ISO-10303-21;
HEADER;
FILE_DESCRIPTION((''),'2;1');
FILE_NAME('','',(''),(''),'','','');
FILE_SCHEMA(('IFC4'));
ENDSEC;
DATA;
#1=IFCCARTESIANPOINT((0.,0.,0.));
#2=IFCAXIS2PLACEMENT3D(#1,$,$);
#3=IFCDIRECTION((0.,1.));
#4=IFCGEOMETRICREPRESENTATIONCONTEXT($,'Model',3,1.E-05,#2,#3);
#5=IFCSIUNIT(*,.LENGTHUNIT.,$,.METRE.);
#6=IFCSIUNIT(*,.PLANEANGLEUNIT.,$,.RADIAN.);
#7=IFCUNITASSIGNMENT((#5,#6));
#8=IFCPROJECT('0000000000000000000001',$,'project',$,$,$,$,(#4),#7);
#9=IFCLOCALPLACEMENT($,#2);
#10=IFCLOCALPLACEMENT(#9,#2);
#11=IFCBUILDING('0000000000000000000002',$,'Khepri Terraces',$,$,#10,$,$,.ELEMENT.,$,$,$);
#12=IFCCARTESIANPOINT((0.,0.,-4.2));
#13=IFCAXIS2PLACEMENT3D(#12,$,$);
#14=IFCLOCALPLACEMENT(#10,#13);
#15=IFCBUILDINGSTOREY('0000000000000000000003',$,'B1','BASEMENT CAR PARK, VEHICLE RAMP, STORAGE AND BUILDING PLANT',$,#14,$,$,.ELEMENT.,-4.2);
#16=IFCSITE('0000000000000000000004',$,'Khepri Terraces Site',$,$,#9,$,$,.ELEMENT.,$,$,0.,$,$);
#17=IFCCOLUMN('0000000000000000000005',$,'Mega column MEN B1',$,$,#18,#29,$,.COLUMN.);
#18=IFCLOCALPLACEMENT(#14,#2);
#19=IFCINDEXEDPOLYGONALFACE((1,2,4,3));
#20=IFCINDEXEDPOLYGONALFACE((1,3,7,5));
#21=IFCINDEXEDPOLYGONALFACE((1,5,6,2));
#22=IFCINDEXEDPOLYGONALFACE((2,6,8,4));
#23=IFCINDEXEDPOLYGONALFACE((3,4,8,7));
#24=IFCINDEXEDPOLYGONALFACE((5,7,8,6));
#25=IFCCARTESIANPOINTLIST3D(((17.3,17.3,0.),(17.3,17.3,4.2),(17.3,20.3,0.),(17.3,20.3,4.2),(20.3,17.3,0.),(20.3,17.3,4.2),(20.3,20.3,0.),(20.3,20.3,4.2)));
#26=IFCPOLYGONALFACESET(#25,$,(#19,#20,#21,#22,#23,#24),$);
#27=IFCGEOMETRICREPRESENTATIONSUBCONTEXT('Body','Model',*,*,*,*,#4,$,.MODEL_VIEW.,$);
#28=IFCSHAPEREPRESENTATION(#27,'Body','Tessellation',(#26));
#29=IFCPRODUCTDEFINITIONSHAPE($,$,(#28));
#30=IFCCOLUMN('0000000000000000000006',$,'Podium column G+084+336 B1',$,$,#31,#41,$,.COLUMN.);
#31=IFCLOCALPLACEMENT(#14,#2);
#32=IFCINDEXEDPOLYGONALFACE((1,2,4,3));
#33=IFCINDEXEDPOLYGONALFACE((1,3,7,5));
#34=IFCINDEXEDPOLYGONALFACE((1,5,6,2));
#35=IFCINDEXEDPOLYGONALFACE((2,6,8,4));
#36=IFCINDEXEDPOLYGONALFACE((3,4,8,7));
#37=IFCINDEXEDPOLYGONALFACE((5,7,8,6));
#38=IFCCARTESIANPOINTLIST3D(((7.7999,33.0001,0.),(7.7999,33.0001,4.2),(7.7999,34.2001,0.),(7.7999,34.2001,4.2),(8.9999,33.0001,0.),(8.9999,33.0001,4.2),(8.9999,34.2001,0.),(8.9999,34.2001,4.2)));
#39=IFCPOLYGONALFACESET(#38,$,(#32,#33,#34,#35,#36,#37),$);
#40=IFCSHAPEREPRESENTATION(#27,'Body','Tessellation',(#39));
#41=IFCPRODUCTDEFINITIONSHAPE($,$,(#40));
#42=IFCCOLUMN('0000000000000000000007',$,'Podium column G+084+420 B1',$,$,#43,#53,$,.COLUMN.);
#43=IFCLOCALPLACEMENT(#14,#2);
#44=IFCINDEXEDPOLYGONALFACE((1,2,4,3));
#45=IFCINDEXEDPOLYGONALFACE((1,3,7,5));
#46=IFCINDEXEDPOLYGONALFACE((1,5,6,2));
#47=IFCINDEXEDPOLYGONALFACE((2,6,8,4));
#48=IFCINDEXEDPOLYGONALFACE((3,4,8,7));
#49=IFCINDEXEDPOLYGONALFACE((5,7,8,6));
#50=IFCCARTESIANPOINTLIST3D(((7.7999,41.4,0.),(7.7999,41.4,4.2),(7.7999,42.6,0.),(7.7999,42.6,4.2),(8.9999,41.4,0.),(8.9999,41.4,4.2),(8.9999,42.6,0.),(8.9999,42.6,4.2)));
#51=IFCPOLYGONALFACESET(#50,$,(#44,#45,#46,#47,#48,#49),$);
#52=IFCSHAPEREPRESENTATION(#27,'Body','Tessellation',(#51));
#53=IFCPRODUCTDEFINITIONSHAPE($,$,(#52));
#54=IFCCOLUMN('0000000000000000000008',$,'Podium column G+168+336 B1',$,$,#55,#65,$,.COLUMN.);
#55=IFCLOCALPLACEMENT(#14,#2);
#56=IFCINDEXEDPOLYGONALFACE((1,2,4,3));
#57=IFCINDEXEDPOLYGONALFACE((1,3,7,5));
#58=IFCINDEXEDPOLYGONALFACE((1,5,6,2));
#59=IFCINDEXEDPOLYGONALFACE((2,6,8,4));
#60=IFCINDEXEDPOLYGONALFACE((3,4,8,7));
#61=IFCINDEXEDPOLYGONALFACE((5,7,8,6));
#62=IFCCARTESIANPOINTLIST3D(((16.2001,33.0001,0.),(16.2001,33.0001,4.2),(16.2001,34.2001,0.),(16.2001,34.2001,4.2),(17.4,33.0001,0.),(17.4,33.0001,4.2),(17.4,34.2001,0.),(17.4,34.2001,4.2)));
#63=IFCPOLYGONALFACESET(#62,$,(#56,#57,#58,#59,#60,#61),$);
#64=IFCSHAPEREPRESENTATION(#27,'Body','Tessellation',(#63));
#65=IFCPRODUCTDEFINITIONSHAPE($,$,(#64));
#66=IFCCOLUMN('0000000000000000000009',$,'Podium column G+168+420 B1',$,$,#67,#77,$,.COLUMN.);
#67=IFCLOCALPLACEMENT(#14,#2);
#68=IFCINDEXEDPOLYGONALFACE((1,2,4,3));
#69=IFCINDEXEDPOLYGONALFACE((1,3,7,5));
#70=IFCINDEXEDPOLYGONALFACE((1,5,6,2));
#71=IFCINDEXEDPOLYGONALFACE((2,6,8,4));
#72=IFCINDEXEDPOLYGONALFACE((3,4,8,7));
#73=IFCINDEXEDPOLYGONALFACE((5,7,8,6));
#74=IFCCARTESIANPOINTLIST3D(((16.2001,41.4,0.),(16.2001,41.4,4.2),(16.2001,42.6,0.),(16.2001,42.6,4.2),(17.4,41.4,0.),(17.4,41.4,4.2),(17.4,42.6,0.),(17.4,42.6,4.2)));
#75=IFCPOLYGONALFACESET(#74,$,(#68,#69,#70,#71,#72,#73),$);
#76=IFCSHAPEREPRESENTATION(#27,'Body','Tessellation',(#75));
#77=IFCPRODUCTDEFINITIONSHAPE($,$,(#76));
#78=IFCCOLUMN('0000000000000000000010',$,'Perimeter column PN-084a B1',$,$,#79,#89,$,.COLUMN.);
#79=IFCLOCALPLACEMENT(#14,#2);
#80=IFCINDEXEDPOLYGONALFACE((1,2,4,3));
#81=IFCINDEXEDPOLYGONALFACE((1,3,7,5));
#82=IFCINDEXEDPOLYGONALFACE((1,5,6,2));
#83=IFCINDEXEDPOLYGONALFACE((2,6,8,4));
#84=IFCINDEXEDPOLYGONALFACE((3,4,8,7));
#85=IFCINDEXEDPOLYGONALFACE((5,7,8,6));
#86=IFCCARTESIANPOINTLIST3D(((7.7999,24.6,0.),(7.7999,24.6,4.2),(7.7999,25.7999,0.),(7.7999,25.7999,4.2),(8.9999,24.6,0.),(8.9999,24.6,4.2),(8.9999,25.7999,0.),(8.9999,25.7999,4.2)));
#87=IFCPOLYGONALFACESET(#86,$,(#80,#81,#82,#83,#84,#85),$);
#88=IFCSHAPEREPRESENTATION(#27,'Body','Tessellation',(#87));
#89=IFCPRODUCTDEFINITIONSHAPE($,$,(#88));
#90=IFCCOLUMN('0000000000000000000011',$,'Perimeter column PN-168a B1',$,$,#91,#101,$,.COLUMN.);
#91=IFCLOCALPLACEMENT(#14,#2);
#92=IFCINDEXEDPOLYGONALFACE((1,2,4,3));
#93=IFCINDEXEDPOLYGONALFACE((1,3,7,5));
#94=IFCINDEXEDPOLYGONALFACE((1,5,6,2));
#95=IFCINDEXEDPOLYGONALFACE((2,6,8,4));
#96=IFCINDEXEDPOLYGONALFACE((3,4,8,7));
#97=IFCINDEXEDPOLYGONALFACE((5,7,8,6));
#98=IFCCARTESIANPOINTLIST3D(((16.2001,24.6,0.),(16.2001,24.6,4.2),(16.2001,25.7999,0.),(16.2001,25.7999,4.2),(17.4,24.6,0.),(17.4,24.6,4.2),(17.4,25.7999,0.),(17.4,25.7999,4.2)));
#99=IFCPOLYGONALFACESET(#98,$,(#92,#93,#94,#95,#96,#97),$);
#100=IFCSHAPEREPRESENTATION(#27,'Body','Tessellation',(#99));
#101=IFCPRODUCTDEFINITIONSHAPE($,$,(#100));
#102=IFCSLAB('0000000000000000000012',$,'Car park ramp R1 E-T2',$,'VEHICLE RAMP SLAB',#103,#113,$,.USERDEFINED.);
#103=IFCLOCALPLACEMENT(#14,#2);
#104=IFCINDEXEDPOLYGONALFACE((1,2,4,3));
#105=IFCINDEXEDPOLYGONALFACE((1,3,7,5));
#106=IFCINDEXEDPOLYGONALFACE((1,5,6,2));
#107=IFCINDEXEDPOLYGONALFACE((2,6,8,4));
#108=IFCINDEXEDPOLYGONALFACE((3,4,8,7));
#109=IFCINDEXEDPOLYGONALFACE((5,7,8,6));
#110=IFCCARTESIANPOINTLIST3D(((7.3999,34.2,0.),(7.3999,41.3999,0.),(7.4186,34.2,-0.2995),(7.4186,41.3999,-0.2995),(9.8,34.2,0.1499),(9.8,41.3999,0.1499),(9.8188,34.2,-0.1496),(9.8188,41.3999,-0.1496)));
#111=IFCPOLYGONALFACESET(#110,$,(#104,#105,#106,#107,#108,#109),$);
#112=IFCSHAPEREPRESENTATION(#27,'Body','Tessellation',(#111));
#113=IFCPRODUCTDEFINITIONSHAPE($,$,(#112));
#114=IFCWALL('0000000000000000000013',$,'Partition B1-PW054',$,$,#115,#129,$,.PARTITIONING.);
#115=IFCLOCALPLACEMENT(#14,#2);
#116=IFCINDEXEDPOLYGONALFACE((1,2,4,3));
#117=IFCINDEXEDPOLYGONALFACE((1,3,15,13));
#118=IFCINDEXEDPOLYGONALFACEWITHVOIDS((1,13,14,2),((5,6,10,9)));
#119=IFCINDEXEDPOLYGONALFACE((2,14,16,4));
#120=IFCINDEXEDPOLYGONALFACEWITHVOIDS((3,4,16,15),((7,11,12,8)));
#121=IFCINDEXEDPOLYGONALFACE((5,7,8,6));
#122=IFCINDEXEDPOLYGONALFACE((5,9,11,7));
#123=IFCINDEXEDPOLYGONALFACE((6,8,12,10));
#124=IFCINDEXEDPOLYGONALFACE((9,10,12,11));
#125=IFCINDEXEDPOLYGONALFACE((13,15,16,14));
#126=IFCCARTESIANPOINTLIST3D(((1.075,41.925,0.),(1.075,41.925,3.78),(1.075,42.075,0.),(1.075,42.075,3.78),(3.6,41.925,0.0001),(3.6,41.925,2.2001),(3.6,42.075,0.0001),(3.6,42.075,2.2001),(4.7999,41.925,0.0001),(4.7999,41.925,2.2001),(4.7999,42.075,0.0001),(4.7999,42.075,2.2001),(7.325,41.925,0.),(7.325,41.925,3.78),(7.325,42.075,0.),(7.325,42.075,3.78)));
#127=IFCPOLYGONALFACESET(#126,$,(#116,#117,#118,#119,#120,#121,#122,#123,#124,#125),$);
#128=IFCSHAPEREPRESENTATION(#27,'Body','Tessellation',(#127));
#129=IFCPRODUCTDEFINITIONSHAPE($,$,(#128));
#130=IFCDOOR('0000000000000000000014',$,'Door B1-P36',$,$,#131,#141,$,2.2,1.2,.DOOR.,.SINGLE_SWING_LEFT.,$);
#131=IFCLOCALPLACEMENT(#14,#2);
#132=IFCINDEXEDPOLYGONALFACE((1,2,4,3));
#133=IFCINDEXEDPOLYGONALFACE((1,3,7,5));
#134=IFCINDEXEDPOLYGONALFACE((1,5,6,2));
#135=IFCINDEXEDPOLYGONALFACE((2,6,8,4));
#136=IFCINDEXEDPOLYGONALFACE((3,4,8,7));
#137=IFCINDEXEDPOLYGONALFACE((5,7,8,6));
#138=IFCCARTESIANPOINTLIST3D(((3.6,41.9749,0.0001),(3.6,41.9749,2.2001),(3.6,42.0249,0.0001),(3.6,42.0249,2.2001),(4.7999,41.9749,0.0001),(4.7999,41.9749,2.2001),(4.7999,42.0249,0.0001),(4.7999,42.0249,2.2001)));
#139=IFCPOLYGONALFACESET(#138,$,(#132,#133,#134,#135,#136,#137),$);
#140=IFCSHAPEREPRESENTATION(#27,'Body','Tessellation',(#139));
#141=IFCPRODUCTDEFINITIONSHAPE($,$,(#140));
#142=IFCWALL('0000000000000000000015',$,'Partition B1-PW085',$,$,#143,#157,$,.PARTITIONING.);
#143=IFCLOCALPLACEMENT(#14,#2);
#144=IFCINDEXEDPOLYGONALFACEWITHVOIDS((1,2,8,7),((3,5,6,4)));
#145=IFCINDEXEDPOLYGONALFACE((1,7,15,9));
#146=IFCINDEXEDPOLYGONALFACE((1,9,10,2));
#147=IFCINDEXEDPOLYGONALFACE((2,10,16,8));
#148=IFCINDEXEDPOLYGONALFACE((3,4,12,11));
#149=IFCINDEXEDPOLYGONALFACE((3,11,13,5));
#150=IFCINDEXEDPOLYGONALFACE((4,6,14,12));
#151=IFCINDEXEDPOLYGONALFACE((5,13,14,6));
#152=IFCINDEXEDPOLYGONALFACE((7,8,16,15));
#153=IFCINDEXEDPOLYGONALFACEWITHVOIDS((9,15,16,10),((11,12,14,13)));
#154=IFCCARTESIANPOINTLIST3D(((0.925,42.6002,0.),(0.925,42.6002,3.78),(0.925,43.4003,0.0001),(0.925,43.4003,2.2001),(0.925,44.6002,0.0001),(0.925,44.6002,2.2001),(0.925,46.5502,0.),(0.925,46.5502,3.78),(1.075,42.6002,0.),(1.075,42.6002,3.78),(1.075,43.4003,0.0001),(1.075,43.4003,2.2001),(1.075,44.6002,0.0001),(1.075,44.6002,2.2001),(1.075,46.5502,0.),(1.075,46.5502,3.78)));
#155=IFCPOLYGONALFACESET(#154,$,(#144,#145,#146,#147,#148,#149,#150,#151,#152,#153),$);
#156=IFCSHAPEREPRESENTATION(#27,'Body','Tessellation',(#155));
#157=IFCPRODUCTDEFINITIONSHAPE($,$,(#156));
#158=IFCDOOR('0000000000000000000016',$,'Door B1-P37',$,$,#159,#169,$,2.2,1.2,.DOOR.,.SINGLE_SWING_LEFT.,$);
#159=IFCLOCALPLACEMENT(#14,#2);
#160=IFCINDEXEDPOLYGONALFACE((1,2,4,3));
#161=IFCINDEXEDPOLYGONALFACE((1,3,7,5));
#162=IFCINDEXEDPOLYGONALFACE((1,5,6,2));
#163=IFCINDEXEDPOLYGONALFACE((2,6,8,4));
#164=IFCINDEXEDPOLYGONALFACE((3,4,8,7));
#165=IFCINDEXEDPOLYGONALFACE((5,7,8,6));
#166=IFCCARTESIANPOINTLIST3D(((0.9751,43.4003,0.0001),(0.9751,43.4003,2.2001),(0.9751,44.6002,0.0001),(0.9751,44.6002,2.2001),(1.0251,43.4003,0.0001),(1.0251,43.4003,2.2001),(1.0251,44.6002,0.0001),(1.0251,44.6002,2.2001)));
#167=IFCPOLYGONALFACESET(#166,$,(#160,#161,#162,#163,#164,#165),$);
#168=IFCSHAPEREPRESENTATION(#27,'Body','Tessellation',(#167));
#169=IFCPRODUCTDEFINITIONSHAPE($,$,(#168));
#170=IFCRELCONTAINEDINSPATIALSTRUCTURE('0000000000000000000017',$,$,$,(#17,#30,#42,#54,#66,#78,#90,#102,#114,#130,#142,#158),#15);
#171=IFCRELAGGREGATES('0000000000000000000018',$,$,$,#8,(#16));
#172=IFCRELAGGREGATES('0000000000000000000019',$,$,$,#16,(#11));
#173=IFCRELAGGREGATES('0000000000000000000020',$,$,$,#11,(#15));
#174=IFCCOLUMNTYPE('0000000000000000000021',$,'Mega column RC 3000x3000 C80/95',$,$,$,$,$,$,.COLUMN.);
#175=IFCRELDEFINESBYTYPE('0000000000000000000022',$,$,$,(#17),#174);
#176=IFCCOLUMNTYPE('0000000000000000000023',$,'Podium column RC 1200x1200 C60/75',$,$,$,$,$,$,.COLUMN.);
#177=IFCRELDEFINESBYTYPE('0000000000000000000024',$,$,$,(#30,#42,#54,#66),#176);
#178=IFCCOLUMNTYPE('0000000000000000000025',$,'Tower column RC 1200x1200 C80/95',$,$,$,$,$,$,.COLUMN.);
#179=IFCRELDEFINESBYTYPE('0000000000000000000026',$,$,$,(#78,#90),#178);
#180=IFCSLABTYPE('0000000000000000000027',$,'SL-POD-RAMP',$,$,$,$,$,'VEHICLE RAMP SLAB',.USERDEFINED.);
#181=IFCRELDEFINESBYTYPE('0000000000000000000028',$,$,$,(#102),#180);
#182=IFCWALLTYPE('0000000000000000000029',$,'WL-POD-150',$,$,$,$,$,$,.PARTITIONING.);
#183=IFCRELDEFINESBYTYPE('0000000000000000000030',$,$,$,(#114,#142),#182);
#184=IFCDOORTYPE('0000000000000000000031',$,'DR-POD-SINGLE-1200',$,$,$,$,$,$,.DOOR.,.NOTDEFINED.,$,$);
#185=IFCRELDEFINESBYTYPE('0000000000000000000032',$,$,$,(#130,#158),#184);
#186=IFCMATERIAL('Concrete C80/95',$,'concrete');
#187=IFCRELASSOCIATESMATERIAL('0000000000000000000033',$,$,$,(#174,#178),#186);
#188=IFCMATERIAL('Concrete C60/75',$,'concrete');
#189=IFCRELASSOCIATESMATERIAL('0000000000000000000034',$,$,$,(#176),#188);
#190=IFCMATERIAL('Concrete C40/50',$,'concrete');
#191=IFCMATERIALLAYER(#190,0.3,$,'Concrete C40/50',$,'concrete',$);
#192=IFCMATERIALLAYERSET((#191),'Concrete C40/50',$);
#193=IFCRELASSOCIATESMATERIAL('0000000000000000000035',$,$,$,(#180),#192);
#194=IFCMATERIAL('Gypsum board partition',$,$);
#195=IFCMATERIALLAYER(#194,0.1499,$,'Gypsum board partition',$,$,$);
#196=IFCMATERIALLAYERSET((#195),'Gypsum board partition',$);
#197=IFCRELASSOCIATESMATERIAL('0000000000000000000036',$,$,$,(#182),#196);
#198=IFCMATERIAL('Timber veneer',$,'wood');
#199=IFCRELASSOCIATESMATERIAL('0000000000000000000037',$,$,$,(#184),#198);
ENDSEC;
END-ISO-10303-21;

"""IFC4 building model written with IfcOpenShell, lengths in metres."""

from ifc_helpers import new_model, si_unit, direction, frame, frame_2d, origin, origin_2d, place, context, subcontext, project, spatial, polyline, rectangle, outline, extrude, material, layer, layer_set, material_profile, profile_set, type_object, element, fill, save


model = new_model("IFC4")

# Units and contexts
model_context = context("Model", 3, precision=1e-05, world=origin(), true_north=direction((0.0, 1.0)))
body_context = subcontext(model_context, "Body", "Model", "MODEL_VIEW")
ifc_project = project(units=[si_unit("LENGTHUNIT", "METRE"), si_unit("PLANEANGLEUNIT", "RADIAN")], contexts=[model_context])

# Site, building, storey
site_placement = place(None, origin())
site = spatial("IfcSite", under=ifc_project, at=site_placement, Name="Khepri Terraces Site", CompositionType="ELEMENT", RefElevation=0.0)
building_placement = place(site_placement, origin())
building = spatial("IfcBuilding", under=site, at=building_placement, Name="Khepri Terraces", CompositionType="ELEMENT")
storey_placement = place(building_placement, frame((0.0, 0.0, -4.2)))
storey = spatial("IfcBuildingStorey", under=building, at=storey_placement, Name="B1", Description="BASEMENT CAR PARK, VEHICLE RAMP, STORAGE AND BUILDING PLANT", CompositionType="ELEMENT", Elevation=-4.2)

# Columns
ifc_material_1 = material(Name="Concrete C80/95", Category="concrete")
ifc_material_profile_1 = material_profile(ifc_material_1, rectangle(XDim=3.0, YDim=3.0, at=origin_2d()), Name="Concrete C80/95", Category="concrete")
ifc_profile_set_1 = profile_set([ifc_material_profile_1], Name="Concrete C80/95")
column_type_1 = type_object("IfcColumnType", Name="Mega column RC 3000x3000 C80/95", PredefinedType="COLUMN", material=ifc_profile_set_1)
column_placement = place(storey_placement, frame((18.8, 18.8, 0.0), z_axis=(0.0, 0.0, 1.0), x_axis=(1.0, 0.0, 0.0)))
element("IfcColumn", 1, at=column_placement, inside=storey, type_object=column_type_1, Name="Mega column MEN B1", PredefinedType="COLUMN", context=body_context, shape_type="SweptSolid", body=[
    extrude(rectangle(XDim=3.0, YDim=3.0, at=origin_2d()), origin(), (0.0, 0.0, 1.0), 4.2),
])
ifc_material_2 = material(Name="Concrete C60/75", Category="concrete")
ifc_material_profile_2 = material_profile(ifc_material_2, rectangle(XDim=1.2, YDim=1.2, at=origin_2d()), Name="Concrete C60/75", Category="concrete")
ifc_profile_set_2 = profile_set([ifc_material_profile_2], Name="Concrete C60/75")
column_type_2 = type_object("IfcColumnType", Name="Podium column RC 1200x1200 C60/75", PredefinedType="COLUMN", material=ifc_profile_set_2)
for number, where, z_axis, x_axis, name in (
    (2, (8.3999, 33.6001, 0.0), (0.0, 0.0, 1.0), (1.0, 0.0, 0.0), "Podium column G+084+336 B1"),
    (3, (8.3999, 42.0, 0.0), (0.0, 0.0, 1.0), (1.0, 0.0, 0.0), "Podium column G+084+420 B1"),
    (4, (16.8, 33.6001, 0.0), (0.0, 0.0, 1.0), (1.0, 0.0, 0.0), "Podium column G+168+336 B1"),
    (5, (16.8, 42.0, 0.0), (0.0, 0.0, 1.0), (1.0, 0.0, 0.0), "Podium column G+168+420 B1"),
):
    element("IfcColumn", number, at=place(storey_placement, frame(where, z_axis=z_axis, x_axis=x_axis)), inside=storey, type_object=column_type_2, Name=name, PredefinedType="COLUMN", context=body_context, shape_type="SweptSolid", body=[
        extrude(rectangle(XDim=1.2, YDim=1.2, at=origin_2d()), origin(), (0.0, 0.0, 1.0), 4.2),
    ])
ifc_material_profile_3 = material_profile(ifc_material_1, rectangle(XDim=1.2, YDim=1.2, at=origin_2d()), Name="Concrete C80/95", Category="concrete")
ifc_profile_set_3 = profile_set([ifc_material_profile_3], Name="Concrete C80/95")
column_type_3 = type_object("IfcColumnType", Name="Tower column RC 1200x1200 C80/95", PredefinedType="COLUMN", material=ifc_profile_set_3)
for number, where, z_axis, x_axis, name in (
    (6, (8.3999, 25.2, 0.0), (0.0, 0.0, 1.0), (1.0, 0.0, 0.0), "Perimeter column PN-084a B1"),
    (7, (16.8, 25.2, 0.0), (0.0, 0.0, 1.0), (1.0, 0.0, 0.0), "Perimeter column PN-168a B1"),
):
    element("IfcColumn", number, at=place(storey_placement, frame(where, z_axis=z_axis, x_axis=x_axis)), inside=storey, type_object=column_type_3, Name=name, PredefinedType="COLUMN", context=body_context, shape_type="SweptSolid", body=[
        extrude(rectangle(XDim=1.2, YDim=1.2, at=origin_2d()), origin(), (0.0, 0.0, 1.0), 4.2),
    ])

# Slab
ifc_material_3 = material(Name="Concrete C40/50", Category="concrete")
ifc_layer_1 = layer(ifc_material_3, 0.3, Name="Concrete C40/50", Category="concrete")
ifc_layer_set_1 = layer_set([ifc_layer_1], Name="Concrete C40/50")
slab_type = type_object("IfcSlabType", Name="SL-POD-RAMP", ElementType="VEHICLE RAMP SLAB", PredefinedType="USERDEFINED", material=ifc_layer_set_1)
slab_placement = place(storey_placement, frame((9.8, 34.2, 0.1499), z_axis=(-0.062334, 0.0, 0.998055), x_axis=(-0.998055, 0.0, -0.062334)))
element("IfcSlab", 8, at=slab_placement, inside=storey, type_object=slab_type, Name="Car park ramp R1 E-T2", ObjectType="VEHICLE RAMP SLAB", PredefinedType="USERDEFINED", context=body_context, shape_type="SweptSolid", body=[
    extrude(outline(polyline([(0.0, 0.0), (2.4048, 0.0), (2.4048, -7.2), (0.0, -7.2), (0.0, 0.0)])), origin(), (0.0, 0.0, -1.0), 0.3),
])

# Walls, openings, doors
ifc_material_4 = material(Name="Gypsum board partition")
ifc_layer_2 = layer(ifc_material_4, 0.1499, Name="Gypsum board partition")
ifc_layer_set_2 = layer_set([ifc_layer_2], Name="Gypsum board partition")
wall_type_1 = type_object("IfcWallType", Name="WL-POD-150", PredefinedType="PARTITIONING", material=ifc_layer_set_2)
wall_1_placement = place(storey_placement, frame((1.075, 42.0, 0.0), z_axis=(0.0, 0.0, 1.0), x_axis=(1.0, 0.0, 0.0)))
wall_1 = element("IfcWall", 9, at=wall_1_placement, inside=storey, type_object=wall_type_1, Name="Partition B1-PW054", PredefinedType="PARTITIONING", context=body_context, shape_type="SweptSolid", body=[
    extrude(rectangle(XDim=6.25, YDim=0.1499, at=frame_2d((3.125, 0.0))), origin(), (0.0, 0.0, 1.0), 3.78),
])
opening_1_placement = place(wall_1_placement, frame((2.5249, 0.0, 0.0)))
opening_1 = element("IfcOpeningElement", 10, at=opening_1_placement, cuts=wall_1, PredefinedType="OPENING", context=body_context, shape_type="SweptSolid", body=[
    extrude(rectangle(XDim=1.2, YDim=2.2, at=frame_2d((0.6001, 1.1001))), frame((0.0, 0.085, 0.0), z_axis=(0.0, -1.0, 0.0), x_axis=(1.0, 0.0, 0.0)), (0.0, 0.0, 1.0), 0.1699),
])
ifc_material_5 = material(Name="Timber veneer", Category="wood")
door_type = type_object("IfcDoorType", Name="DR-POD-SINGLE-1200", OperationType="NOTDEFINED", PredefinedType="DOOR", material=ifc_material_5)
door_1_placement = place(opening_1_placement, origin())
door_1 = element("IfcDoor", 11, at=door_1_placement, inside=storey, type_object=door_type, Name="Door B1-P36", OperationType="SINGLE_SWING_LEFT", OverallHeight=2.2, OverallWidth=1.2, PredefinedType="DOOR", context=body_context, shape_type="SweptSolid", body=[
    extrude(rectangle(XDim=1.2, YDim=2.2, at=frame_2d((0.6001, 1.1001))), frame((0.0, 0.0249, 0.0), z_axis=(0.0, -1.0, 0.0), x_axis=(1.0, 0.0, 0.0)), (0.0, 0.0, 1.0), 0.05),
])
fill(opening_1, door_1)
wall_2_placement = place(storey_placement, frame((1.0, 42.6001, 0.0), z_axis=(0.0, 0.0, 1.0), x_axis=(0.0, 1.0, 0.0)))
wall_2 = element("IfcWall", 12, at=wall_2_placement, inside=storey, type_object=wall_type_1, Name="Partition B1-PW085", PredefinedType="PARTITIONING", context=body_context, shape_type="SweptSolid", body=[
    extrude(rectangle(XDim=3.95, YDim=0.1499, at=frame_2d((1.9751, 0.0))), origin(), (0.0, 0.0, 1.0), 3.78),
])
opening_2_placement = place(wall_2_placement, frame((0.8, 0.0, 0.0)))
opening_2 = element("IfcOpeningElement", 13, at=opening_2_placement, cuts=wall_2, PredefinedType="OPENING", context=body_context, shape_type="SweptSolid", body=[
    extrude(rectangle(XDim=1.2, YDim=2.2, at=frame_2d((0.6001, 1.1001))), frame((0.0, 0.085, 0.0), z_axis=(0.0, -1.0, 0.0), x_axis=(1.0, 0.0, 0.0)), (0.0, 0.0, 1.0), 0.1699),
])
door_2_placement = place(opening_2_placement, origin())
door_2 = element("IfcDoor", 14, at=door_2_placement, inside=storey, type_object=door_type, Name="Door B1-P37", OperationType="SINGLE_SWING_LEFT", OverallHeight=2.2, OverallWidth=1.2, PredefinedType="DOOR", context=body_context, shape_type="SweptSolid", body=[
    extrude(rectangle(XDim=1.2, YDim=2.2, at=frame_2d((0.6001, 1.1001))), frame((0.0, 0.0249, 0.0), z_axis=(0.0, -1.0, 0.0), x_axis=(1.0, 0.0, 0.0)), (0.0, 0.0, 1.0), 0.05),
])
fill(opening_2, door_2)

save(model, "model.ifc")
